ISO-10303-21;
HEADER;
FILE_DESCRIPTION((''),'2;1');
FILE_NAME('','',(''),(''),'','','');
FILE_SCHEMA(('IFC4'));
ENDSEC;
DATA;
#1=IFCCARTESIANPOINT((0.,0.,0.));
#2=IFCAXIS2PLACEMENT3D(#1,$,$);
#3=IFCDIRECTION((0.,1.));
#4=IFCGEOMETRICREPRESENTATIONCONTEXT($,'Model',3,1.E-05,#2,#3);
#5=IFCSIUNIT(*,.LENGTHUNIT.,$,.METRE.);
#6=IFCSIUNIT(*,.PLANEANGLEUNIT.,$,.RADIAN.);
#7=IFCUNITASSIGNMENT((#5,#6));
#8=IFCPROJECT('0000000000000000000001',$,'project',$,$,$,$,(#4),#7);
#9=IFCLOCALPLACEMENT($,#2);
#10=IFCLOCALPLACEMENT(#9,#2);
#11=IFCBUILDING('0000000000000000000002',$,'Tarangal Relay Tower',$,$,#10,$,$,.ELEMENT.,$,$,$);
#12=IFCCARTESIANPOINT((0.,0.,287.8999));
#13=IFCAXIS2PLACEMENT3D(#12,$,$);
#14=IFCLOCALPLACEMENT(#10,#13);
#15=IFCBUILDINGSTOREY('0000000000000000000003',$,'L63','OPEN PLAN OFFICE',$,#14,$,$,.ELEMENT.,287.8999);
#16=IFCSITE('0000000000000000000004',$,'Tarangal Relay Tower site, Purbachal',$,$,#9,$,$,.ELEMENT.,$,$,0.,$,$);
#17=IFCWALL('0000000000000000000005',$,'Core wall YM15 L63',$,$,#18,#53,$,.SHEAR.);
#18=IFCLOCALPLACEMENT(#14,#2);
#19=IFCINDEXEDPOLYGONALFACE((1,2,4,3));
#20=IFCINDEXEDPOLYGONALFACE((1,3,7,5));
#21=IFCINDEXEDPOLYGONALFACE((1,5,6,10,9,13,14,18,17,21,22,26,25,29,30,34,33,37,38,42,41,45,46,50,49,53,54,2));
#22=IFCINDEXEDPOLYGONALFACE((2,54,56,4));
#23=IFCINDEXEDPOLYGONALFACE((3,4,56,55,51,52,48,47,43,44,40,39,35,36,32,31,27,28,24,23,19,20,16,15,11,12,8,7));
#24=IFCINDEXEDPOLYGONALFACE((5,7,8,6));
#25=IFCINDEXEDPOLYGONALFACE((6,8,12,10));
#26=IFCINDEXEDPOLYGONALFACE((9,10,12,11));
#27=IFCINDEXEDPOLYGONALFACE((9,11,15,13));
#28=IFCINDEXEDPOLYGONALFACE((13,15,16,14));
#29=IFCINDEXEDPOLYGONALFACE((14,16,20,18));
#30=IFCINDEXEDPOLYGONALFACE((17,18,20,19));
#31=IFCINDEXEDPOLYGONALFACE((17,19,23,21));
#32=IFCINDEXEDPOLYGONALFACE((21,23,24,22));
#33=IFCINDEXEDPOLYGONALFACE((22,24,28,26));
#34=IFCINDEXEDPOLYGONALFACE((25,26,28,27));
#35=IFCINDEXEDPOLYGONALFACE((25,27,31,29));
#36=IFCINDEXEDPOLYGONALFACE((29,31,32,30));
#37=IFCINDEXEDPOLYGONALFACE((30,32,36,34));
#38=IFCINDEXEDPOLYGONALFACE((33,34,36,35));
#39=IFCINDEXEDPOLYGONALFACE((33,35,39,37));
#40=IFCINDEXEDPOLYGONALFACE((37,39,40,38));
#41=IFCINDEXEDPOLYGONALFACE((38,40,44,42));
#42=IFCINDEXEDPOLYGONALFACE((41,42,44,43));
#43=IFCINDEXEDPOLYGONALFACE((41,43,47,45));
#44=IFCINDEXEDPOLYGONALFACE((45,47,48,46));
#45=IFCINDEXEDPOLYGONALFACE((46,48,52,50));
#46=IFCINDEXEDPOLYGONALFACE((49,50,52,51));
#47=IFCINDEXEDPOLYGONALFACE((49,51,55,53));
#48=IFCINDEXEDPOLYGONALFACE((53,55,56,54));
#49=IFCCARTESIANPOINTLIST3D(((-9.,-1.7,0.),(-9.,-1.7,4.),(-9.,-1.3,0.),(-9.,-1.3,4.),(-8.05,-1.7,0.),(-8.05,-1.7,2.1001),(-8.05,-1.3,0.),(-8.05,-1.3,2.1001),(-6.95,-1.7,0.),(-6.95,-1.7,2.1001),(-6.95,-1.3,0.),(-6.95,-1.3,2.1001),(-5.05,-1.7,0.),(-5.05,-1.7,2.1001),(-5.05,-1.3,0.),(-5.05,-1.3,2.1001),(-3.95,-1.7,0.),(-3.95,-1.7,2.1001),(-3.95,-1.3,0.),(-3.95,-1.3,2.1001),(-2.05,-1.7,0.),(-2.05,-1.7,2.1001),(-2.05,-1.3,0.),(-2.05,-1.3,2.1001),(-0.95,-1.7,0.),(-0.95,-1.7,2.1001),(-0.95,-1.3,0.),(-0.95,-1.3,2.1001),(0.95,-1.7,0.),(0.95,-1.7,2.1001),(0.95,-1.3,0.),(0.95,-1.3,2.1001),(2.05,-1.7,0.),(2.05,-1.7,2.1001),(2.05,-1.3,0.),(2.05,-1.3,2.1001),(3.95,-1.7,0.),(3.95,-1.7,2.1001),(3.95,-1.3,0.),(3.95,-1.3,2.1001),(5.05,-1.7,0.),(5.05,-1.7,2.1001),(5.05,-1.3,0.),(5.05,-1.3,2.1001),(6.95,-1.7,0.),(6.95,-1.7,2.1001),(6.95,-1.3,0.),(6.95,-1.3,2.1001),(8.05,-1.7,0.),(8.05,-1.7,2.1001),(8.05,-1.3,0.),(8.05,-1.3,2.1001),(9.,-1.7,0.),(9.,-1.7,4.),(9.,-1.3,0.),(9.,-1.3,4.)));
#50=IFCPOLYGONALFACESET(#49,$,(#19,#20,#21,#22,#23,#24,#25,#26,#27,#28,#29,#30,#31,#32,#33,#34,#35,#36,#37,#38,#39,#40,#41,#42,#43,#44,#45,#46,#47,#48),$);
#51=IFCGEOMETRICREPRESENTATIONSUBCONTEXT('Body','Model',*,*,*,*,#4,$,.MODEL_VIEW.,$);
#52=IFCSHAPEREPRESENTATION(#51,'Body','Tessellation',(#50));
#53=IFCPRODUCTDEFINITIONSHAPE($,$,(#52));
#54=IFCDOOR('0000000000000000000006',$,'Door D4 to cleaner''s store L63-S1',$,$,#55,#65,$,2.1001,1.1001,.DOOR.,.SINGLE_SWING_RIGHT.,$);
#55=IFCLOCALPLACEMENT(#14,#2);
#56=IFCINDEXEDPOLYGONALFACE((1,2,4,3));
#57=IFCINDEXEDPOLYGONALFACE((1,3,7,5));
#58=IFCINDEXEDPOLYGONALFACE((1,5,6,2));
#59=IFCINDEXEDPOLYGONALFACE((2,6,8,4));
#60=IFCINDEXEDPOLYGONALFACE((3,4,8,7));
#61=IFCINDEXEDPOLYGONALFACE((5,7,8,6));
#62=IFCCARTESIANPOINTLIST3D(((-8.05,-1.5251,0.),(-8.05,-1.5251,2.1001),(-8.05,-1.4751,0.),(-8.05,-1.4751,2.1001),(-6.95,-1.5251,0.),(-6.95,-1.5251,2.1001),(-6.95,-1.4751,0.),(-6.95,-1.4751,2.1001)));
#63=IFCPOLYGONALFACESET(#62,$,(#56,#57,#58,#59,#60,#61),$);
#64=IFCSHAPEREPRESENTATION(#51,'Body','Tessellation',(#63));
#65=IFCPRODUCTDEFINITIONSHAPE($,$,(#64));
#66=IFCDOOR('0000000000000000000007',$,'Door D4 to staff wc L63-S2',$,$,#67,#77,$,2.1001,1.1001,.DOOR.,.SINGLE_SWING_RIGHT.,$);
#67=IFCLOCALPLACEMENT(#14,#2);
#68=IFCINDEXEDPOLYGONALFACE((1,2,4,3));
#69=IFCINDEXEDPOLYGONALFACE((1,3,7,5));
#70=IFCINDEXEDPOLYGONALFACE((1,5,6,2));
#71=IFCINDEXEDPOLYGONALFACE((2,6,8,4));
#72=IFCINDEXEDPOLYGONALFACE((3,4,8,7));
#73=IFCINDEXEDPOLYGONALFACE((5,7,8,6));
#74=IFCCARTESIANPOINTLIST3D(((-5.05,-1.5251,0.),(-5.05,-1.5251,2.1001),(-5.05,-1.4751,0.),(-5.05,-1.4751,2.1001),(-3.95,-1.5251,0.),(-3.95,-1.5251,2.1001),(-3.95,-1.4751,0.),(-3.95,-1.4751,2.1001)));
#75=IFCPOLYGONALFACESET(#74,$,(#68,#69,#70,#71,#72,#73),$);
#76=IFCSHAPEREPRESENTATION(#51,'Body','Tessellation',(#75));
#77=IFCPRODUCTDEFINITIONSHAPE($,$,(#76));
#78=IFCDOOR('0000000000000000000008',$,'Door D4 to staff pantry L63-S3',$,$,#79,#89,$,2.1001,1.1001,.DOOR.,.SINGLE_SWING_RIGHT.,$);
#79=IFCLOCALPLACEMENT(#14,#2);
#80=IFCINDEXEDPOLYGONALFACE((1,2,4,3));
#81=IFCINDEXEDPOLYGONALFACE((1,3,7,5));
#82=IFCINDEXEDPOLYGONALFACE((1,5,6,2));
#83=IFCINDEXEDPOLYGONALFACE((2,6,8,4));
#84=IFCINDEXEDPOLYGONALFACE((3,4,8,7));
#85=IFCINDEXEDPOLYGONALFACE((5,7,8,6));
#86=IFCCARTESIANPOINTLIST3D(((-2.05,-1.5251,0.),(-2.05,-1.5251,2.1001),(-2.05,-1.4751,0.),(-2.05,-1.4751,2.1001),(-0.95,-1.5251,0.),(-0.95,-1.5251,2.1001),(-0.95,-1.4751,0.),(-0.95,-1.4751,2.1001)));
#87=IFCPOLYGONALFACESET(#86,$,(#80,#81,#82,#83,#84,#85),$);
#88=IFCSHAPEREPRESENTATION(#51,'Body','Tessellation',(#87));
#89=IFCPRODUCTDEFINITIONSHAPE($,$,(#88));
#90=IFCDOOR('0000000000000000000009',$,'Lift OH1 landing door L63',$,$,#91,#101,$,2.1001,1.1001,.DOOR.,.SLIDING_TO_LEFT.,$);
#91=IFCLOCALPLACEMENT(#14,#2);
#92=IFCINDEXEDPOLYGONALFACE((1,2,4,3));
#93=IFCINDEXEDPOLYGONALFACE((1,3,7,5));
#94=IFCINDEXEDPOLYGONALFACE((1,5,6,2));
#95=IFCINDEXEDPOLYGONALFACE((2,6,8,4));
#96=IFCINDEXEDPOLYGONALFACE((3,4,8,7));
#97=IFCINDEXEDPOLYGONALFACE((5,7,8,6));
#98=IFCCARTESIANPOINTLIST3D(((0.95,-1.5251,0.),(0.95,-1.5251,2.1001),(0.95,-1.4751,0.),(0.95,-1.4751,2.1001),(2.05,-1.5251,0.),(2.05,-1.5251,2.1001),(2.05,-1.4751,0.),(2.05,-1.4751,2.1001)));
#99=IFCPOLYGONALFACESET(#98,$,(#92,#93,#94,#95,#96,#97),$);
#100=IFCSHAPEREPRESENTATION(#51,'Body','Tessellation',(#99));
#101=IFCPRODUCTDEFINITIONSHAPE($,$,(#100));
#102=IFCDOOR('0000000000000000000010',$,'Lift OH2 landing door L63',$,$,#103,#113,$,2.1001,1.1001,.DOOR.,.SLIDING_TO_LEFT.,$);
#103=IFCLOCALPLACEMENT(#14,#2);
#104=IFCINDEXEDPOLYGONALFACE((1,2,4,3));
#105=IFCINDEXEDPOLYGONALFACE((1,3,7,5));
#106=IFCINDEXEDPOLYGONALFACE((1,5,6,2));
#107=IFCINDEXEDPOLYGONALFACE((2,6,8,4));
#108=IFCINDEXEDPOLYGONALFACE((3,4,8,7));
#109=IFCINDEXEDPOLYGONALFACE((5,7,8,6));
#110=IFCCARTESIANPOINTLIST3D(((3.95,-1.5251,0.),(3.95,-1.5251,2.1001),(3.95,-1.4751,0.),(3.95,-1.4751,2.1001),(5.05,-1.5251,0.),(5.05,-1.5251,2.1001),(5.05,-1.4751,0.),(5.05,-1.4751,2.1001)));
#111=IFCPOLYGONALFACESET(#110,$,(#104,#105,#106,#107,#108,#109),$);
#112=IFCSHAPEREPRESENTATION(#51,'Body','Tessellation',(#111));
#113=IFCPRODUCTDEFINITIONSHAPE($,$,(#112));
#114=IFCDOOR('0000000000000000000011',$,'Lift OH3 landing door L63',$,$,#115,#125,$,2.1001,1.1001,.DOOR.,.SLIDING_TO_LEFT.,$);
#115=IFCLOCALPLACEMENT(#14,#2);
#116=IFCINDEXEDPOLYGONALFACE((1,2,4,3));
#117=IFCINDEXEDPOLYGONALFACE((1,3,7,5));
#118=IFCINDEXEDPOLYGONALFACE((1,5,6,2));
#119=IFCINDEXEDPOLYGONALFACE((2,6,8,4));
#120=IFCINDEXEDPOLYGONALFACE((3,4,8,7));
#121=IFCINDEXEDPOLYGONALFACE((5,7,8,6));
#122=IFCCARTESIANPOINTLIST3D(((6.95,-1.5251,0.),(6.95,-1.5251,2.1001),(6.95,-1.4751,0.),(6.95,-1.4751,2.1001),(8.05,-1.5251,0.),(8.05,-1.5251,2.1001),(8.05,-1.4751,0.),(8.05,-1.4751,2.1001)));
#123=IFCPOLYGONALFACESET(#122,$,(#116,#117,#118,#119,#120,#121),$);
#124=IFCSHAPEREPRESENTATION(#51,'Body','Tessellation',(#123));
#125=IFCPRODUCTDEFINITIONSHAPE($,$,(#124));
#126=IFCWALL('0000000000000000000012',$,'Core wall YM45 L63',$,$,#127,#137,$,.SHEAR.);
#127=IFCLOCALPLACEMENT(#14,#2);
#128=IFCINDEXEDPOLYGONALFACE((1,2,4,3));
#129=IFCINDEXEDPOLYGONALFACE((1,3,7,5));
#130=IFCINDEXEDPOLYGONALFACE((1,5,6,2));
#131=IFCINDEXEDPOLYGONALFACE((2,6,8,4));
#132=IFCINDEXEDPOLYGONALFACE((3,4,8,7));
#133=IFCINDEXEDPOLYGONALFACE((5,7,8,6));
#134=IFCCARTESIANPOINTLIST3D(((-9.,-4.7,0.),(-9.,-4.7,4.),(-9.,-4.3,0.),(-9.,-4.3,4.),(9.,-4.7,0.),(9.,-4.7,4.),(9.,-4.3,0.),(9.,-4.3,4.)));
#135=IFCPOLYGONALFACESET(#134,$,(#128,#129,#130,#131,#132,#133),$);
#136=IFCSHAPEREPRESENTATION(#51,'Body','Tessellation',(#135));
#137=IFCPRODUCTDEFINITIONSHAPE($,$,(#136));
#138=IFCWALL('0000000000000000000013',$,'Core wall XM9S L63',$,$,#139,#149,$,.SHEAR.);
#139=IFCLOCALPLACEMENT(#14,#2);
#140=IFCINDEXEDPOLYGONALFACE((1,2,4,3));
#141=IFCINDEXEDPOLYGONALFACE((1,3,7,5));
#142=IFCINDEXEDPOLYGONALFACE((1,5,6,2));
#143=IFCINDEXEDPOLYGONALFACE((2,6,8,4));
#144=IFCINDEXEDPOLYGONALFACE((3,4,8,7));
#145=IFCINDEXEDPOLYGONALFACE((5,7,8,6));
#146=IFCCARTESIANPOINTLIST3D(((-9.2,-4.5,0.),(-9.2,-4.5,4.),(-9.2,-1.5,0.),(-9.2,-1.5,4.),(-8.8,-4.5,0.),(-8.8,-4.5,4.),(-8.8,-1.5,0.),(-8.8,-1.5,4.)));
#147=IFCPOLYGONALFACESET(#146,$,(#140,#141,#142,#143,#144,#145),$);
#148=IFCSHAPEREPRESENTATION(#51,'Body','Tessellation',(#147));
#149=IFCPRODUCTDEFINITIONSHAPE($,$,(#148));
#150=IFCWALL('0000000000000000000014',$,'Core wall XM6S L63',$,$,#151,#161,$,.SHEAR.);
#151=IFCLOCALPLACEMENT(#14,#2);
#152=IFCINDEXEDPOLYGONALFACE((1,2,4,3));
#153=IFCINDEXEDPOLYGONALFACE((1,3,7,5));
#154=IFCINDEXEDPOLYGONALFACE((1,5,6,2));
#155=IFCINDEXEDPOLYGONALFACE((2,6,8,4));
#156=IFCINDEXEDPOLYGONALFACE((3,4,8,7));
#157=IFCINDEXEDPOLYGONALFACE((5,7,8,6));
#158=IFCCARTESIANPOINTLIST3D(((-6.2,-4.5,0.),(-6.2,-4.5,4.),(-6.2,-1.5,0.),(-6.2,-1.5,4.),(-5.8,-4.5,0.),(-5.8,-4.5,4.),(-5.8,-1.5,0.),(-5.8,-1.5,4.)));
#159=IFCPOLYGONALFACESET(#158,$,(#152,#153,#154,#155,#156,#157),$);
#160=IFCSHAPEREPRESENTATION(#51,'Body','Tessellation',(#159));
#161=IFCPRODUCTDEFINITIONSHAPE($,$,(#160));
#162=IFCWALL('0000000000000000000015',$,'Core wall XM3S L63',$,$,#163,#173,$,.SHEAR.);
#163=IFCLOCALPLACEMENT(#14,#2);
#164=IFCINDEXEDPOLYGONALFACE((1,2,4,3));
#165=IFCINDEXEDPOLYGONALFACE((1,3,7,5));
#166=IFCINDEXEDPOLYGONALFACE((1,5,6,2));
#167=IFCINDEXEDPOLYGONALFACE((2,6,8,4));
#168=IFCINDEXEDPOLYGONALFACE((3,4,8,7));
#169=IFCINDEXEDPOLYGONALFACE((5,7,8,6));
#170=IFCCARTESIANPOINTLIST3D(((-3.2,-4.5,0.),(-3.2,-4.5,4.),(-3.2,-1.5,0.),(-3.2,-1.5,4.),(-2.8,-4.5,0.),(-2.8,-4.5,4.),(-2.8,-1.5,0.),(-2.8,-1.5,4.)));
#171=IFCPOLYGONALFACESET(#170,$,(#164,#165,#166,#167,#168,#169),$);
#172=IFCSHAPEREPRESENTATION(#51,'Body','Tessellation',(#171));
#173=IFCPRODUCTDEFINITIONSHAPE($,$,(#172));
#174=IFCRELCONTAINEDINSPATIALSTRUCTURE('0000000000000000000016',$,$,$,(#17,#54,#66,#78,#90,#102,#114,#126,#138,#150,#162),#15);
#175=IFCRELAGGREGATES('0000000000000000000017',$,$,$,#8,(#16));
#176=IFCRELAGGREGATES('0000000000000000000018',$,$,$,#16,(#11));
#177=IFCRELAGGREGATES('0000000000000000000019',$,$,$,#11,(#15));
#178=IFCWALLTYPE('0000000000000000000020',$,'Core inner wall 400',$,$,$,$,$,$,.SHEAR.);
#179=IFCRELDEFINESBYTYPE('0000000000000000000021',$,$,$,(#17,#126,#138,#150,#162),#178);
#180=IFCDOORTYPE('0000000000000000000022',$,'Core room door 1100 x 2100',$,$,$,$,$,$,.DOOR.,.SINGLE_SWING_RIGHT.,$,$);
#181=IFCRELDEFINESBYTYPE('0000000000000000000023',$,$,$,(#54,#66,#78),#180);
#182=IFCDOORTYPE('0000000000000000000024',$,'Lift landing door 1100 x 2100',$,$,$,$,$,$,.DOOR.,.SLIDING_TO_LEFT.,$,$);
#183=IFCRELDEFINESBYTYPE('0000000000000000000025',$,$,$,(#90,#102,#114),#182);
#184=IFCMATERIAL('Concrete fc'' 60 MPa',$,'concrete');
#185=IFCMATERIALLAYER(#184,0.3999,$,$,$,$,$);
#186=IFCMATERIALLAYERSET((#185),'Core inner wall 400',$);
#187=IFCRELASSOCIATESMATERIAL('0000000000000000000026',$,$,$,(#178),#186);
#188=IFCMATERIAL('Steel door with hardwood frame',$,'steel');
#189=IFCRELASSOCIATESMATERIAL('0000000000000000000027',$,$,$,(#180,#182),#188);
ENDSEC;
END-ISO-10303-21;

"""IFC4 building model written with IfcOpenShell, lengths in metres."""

from ifc_helpers import new_model, si_unit, direction, frame, frame_2d, origin, place, context, subcontext, project, spatial, rectangle, extrude, material, layer, layer_set, type_object, element, fill, save


model = new_model("IFC4")

# Units and contexts
model_context = context("Model", 3, precision=1e-05, world=origin(), true_north=direction((0.0, 1.0)))
body_context = subcontext(model_context, "Body", "Model", "MODEL_VIEW")
ifc_project = project(units=[si_unit("LENGTHUNIT", "METRE"), si_unit("PLANEANGLEUNIT", "RADIAN")], contexts=[model_context])

# Site, building, storey
site_placement = place(None, origin())
site = spatial("IfcSite", under=ifc_project, at=site_placement, Name="Tarangal Relay Tower site, Purbachal", CompositionType="ELEMENT", RefElevation=0.0)
building_placement = place(site_placement, origin())
building = spatial("IfcBuilding", under=site, at=building_placement, Name="Tarangal Relay Tower", CompositionType="ELEMENT")
storey_placement = place(building_placement, frame((0.0, 0.0, 287.8999)))
storey = spatial("IfcBuildingStorey", under=building, at=storey_placement, Name="L63", Description="OPEN PLAN OFFICE", CompositionType="ELEMENT", Elevation=287.8999)

# Wall, openings, doors
ifc_material_1 = material(Name="Concrete fc' 60 MPa", Category="concrete")
ifc_layer_1 = layer(ifc_material_1, 0.3999)
ifc_layer_set_1 = layer_set([ifc_layer_1], Name="Core inner wall 400")
wall_type_1 = type_object("IfcWallType", Name="Core inner wall 400", PredefinedType="SHEAR", material=ifc_layer_set_1)
wall_1_placement = place(storey_placement, frame((-9.0, -1.5, 0.0), z_axis=(0.0, 0.0, 1.0), x_axis=(1.0, 0.0, 0.0)))
wall_1 = element("IfcWall", 1, at=wall_1_placement, inside=storey, type_object=wall_type_1, Name="Core wall YM15 L63", PredefinedType="SHEAR", context=body_context, shape_type="SweptSolid", body=[
    extrude(rectangle(XDim=18.0, YDim=0.3999, at=frame_2d((9.0, 0.0))), origin(), (0.0, 0.0, 1.0), 4.0),
])
opening_1_placement = place(wall_1_placement, frame((9.95, 0.0, 0.0)))
opening_1 = element("IfcOpeningElement", 2, at=opening_1_placement, cuts=wall_1, PredefinedType="OPENING", context=body_context, shape_type="SweptSolid", body=[
    extrude(rectangle(XDim=1.1001, YDim=2.1001, at=frame_2d((0.55, 1.05))), frame((0.0, 0.21, 0.0), z_axis=(0.0, -1.0, 0.0), x_axis=(1.0, 0.0, 0.0)), (0.0, 0.0, 1.0), 0.4199),
])
opening_2_placement = place(wall_1_placement, frame((12.95, 0.0, 0.0)))
opening_2 = element("IfcOpeningElement", 3, at=opening_2_placement, cuts=wall_1, PredefinedType="OPENING", context=body_context, shape_type="SweptSolid", body=[
    extrude(rectangle(XDim=1.1001, YDim=2.1001, at=frame_2d((0.55, 1.05))), frame((0.0, 0.21, 0.0), z_axis=(0.0, -1.0, 0.0), x_axis=(1.0, 0.0, 0.0)), (0.0, 0.0, 1.0), 0.4199),
])
opening_3_placement = place(wall_1_placement, frame((15.95, 0.0, 0.0)))
opening_3 = element("IfcOpeningElement", 4, at=opening_3_placement, cuts=wall_1, PredefinedType="OPENING", context=body_context, shape_type="SweptSolid", body=[
    extrude(rectangle(XDim=1.1001, YDim=2.1001, at=frame_2d((0.55, 1.05))), frame((0.0, 0.21, 0.0), z_axis=(0.0, -1.0, 0.0), x_axis=(1.0, 0.0, 0.0)), (0.0, 0.0, 1.0), 0.4199),
])
opening_4_placement = place(wall_1_placement, frame((0.95, 0.0, 0.0)))
opening_4 = element("IfcOpeningElement", 5, at=opening_4_placement, cuts=wall_1, PredefinedType="OPENING", context=body_context, shape_type="SweptSolid", body=[
    extrude(rectangle(XDim=1.1001, YDim=2.1001, at=frame_2d((0.55, 1.05))), frame((0.0, 0.21, 0.0), z_axis=(0.0, -1.0, 0.0), x_axis=(1.0, 0.0, 0.0)), (0.0, 0.0, 1.0), 0.4199),
])
opening_5_placement = place(wall_1_placement, frame((3.95, 0.0, 0.0)))
opening_5 = element("IfcOpeningElement", 6, at=opening_5_placement, cuts=wall_1, PredefinedType="OPENING", context=body_context, shape_type="SweptSolid", body=[
    extrude(rectangle(XDim=1.1001, YDim=2.1001, at=frame_2d((0.55, 1.05))), frame((0.0, 0.21, 0.0), z_axis=(0.0, -1.0, 0.0), x_axis=(1.0, 0.0, 0.0)), (0.0, 0.0, 1.0), 0.4199),
])
opening_6_placement = place(wall_1_placement, frame((6.95, 0.0, 0.0)))
opening_6 = element("IfcOpeningElement", 7, at=opening_6_placement, cuts=wall_1, PredefinedType="OPENING", context=body_context, shape_type="SweptSolid", body=[
    extrude(rectangle(XDim=1.1001, YDim=2.1001, at=frame_2d((0.55, 1.05))), frame((0.0, 0.21, 0.0), z_axis=(0.0, -1.0, 0.0), x_axis=(1.0, 0.0, 0.0)), (0.0, 0.0, 1.0), 0.4199),
])
ifc_material_2 = material(Name="Steel door with hardwood frame", Category="steel")
door_type_1 = type_object("IfcDoorType", Name="Core room door 1100 x 2100", OperationType="SINGLE_SWING_RIGHT", PredefinedType="DOOR", material=ifc_material_2)
door_1_placement = place(opening_4_placement, origin())
door_1 = element("IfcDoor", 8, at=door_1_placement, inside=storey, type_object=door_type_1, Name="Door D4 to cleaner's store L63-S1", OperationType="SINGLE_SWING_RIGHT", OverallHeight=2.1001, OverallWidth=1.1001, PredefinedType="DOOR", context=body_context, shape_type="SweptSolid", body=[
    extrude(rectangle(XDim=1.1001, YDim=2.1001, at=frame_2d((0.55, 1.05))), frame((0.0, 0.0249, 0.0), z_axis=(0.0, -1.0, 0.0), x_axis=(1.0, 0.0, 0.0)), (0.0, 0.0, 1.0), 0.05),
])
fill(opening_4, door_1)
door_2_placement = place(opening_5_placement, origin())
door_2 = element("IfcDoor", 9, at=door_2_placement, inside=storey, type_object=door_type_1, Name="Door D4 to staff wc L63-S2", OperationType="SINGLE_SWING_RIGHT", OverallHeight=2.1001, OverallWidth=1.1001, PredefinedType="DOOR", context=body_context, shape_type="SweptSolid", body=[
    extrude(rectangle(XDim=1.1001, YDim=2.1001, at=frame_2d((0.55, 1.05))), frame((0.0, 0.0249, 0.0), z_axis=(0.0, -1.0, 0.0), x_axis=(1.0, 0.0, 0.0)), (0.0, 0.0, 1.0), 0.05),
])
fill(opening_5, door_2)
door_3_placement = place(opening_6_placement, origin())
door_3 = element("IfcDoor", 10, at=door_3_placement, inside=storey, type_object=door_type_1, Name="Door D4 to staff pantry L63-S3", OperationType="SINGLE_SWING_RIGHT", OverallHeight=2.1001, OverallWidth=1.1001, PredefinedType="DOOR", context=body_context, shape_type="SweptSolid", body=[
    extrude(rectangle(XDim=1.1001, YDim=2.1001, at=frame_2d((0.55, 1.05))), frame((0.0, 0.0249, 0.0), z_axis=(0.0, -1.0, 0.0), x_axis=(1.0, 0.0, 0.0)), (0.0, 0.0, 1.0), 0.05),
])
fill(opening_6, door_3)
door_type_2 = type_object("IfcDoorType", Name="Lift landing door 1100 x 2100", OperationType="SLIDING_TO_LEFT", PredefinedType="DOOR", material=ifc_material_2)
door_4_placement = place(opening_1_placement, origin())
door_4 = element("IfcDoor", 11, at=door_4_placement, inside=storey, type_object=door_type_2, Name="Lift OH1 landing door L63", OperationType="SLIDING_TO_LEFT", OverallHeight=2.1001, OverallWidth=1.1001, PredefinedType="DOOR", context=body_context, shape_type="SweptSolid", body=[
    extrude(rectangle(XDim=1.1001, YDim=2.1001, at=frame_2d((0.55, 1.05))), frame((0.0, 0.0249, 0.0), z_axis=(0.0, -1.0, 0.0), x_axis=(1.0, 0.0, 0.0)), (0.0, 0.0, 1.0), 0.05),
])
fill(opening_1, door_4)
door_5_placement = place(opening_2_placement, origin())
door_5 = element("IfcDoor", 12, at=door_5_placement, inside=storey, type_object=door_type_2, Name="Lift OH2 landing door L63", OperationType="SLIDING_TO_LEFT", OverallHeight=2.1001, OverallWidth=1.1001, PredefinedType="DOOR", context=body_context, shape_type="SweptSolid", body=[
    extrude(rectangle(XDim=1.1001, YDim=2.1001, at=frame_2d((0.55, 1.05))), frame((0.0, 0.0249, 0.0), z_axis=(0.0, -1.0, 0.0), x_axis=(1.0, 0.0, 0.0)), (0.0, 0.0, 1.0), 0.05),
])
fill(opening_2, door_5)
door_6_placement = place(opening_3_placement, origin())
door_6 = element("IfcDoor", 13, at=door_6_placement, inside=storey, type_object=door_type_2, Name="Lift OH3 landing door L63", OperationType="SLIDING_TO_LEFT", OverallHeight=2.1001, OverallWidth=1.1001, PredefinedType="DOOR", context=body_context, shape_type="SweptSolid", body=[
    extrude(rectangle(XDim=1.1001, YDim=2.1001, at=frame_2d((0.55, 1.05))), frame((0.0, 0.0249, 0.0), z_axis=(0.0, -1.0, 0.0), x_axis=(1.0, 0.0, 0.0)), (0.0, 0.0, 1.0), 0.05),
])
fill(opening_3, door_6)

# Walls
wall_2_placement = place(storey_placement, frame((-9.0, -4.5, 0.0), z_axis=(0.0, 0.0, 1.0), x_axis=(1.0, 0.0, 0.0)))
element("IfcWall", 14, at=wall_2_placement, inside=storey, type_object=wall_type_1, Name="Core wall YM45 L63", PredefinedType="SHEAR", context=body_context, shape_type="SweptSolid", body=[
    extrude(rectangle(XDim=18.0, YDim=0.3999, at=frame_2d((9.0, 0.0))), origin(), (0.0, 0.0, 1.0), 4.0),
])
for number, where, z_axis, x_axis, name in (
    (15, (-9.0, -4.5, 0.0), (0.0, 0.0, 1.0), (0.0, 1.0, 0.0), "Core wall XM9S L63"),
    (16, (-6.0, -4.5, 0.0), (0.0, 0.0, 1.0), (0.0, 1.0, 0.0), "Core wall XM6S L63"),
    (17, (-3.0, -4.5, 0.0), (0.0, 0.0, 1.0), (0.0, 1.0, 0.0), "Core wall XM3S L63"),
):
    element("IfcWall", number, at=place(storey_placement, frame(where, z_axis=z_axis, x_axis=x_axis)), inside=storey, type_object=wall_type_1, Name=name, PredefinedType="SHEAR", context=body_context, shape_type="SweptSolid", body=[
        extrude(rectangle(XDim=3.0, YDim=0.3999, at=frame_2d((1.5, 0.0))), origin(), (0.0, 0.0, 1.0), 4.0),
    ])

save(model, "model.ifc")
